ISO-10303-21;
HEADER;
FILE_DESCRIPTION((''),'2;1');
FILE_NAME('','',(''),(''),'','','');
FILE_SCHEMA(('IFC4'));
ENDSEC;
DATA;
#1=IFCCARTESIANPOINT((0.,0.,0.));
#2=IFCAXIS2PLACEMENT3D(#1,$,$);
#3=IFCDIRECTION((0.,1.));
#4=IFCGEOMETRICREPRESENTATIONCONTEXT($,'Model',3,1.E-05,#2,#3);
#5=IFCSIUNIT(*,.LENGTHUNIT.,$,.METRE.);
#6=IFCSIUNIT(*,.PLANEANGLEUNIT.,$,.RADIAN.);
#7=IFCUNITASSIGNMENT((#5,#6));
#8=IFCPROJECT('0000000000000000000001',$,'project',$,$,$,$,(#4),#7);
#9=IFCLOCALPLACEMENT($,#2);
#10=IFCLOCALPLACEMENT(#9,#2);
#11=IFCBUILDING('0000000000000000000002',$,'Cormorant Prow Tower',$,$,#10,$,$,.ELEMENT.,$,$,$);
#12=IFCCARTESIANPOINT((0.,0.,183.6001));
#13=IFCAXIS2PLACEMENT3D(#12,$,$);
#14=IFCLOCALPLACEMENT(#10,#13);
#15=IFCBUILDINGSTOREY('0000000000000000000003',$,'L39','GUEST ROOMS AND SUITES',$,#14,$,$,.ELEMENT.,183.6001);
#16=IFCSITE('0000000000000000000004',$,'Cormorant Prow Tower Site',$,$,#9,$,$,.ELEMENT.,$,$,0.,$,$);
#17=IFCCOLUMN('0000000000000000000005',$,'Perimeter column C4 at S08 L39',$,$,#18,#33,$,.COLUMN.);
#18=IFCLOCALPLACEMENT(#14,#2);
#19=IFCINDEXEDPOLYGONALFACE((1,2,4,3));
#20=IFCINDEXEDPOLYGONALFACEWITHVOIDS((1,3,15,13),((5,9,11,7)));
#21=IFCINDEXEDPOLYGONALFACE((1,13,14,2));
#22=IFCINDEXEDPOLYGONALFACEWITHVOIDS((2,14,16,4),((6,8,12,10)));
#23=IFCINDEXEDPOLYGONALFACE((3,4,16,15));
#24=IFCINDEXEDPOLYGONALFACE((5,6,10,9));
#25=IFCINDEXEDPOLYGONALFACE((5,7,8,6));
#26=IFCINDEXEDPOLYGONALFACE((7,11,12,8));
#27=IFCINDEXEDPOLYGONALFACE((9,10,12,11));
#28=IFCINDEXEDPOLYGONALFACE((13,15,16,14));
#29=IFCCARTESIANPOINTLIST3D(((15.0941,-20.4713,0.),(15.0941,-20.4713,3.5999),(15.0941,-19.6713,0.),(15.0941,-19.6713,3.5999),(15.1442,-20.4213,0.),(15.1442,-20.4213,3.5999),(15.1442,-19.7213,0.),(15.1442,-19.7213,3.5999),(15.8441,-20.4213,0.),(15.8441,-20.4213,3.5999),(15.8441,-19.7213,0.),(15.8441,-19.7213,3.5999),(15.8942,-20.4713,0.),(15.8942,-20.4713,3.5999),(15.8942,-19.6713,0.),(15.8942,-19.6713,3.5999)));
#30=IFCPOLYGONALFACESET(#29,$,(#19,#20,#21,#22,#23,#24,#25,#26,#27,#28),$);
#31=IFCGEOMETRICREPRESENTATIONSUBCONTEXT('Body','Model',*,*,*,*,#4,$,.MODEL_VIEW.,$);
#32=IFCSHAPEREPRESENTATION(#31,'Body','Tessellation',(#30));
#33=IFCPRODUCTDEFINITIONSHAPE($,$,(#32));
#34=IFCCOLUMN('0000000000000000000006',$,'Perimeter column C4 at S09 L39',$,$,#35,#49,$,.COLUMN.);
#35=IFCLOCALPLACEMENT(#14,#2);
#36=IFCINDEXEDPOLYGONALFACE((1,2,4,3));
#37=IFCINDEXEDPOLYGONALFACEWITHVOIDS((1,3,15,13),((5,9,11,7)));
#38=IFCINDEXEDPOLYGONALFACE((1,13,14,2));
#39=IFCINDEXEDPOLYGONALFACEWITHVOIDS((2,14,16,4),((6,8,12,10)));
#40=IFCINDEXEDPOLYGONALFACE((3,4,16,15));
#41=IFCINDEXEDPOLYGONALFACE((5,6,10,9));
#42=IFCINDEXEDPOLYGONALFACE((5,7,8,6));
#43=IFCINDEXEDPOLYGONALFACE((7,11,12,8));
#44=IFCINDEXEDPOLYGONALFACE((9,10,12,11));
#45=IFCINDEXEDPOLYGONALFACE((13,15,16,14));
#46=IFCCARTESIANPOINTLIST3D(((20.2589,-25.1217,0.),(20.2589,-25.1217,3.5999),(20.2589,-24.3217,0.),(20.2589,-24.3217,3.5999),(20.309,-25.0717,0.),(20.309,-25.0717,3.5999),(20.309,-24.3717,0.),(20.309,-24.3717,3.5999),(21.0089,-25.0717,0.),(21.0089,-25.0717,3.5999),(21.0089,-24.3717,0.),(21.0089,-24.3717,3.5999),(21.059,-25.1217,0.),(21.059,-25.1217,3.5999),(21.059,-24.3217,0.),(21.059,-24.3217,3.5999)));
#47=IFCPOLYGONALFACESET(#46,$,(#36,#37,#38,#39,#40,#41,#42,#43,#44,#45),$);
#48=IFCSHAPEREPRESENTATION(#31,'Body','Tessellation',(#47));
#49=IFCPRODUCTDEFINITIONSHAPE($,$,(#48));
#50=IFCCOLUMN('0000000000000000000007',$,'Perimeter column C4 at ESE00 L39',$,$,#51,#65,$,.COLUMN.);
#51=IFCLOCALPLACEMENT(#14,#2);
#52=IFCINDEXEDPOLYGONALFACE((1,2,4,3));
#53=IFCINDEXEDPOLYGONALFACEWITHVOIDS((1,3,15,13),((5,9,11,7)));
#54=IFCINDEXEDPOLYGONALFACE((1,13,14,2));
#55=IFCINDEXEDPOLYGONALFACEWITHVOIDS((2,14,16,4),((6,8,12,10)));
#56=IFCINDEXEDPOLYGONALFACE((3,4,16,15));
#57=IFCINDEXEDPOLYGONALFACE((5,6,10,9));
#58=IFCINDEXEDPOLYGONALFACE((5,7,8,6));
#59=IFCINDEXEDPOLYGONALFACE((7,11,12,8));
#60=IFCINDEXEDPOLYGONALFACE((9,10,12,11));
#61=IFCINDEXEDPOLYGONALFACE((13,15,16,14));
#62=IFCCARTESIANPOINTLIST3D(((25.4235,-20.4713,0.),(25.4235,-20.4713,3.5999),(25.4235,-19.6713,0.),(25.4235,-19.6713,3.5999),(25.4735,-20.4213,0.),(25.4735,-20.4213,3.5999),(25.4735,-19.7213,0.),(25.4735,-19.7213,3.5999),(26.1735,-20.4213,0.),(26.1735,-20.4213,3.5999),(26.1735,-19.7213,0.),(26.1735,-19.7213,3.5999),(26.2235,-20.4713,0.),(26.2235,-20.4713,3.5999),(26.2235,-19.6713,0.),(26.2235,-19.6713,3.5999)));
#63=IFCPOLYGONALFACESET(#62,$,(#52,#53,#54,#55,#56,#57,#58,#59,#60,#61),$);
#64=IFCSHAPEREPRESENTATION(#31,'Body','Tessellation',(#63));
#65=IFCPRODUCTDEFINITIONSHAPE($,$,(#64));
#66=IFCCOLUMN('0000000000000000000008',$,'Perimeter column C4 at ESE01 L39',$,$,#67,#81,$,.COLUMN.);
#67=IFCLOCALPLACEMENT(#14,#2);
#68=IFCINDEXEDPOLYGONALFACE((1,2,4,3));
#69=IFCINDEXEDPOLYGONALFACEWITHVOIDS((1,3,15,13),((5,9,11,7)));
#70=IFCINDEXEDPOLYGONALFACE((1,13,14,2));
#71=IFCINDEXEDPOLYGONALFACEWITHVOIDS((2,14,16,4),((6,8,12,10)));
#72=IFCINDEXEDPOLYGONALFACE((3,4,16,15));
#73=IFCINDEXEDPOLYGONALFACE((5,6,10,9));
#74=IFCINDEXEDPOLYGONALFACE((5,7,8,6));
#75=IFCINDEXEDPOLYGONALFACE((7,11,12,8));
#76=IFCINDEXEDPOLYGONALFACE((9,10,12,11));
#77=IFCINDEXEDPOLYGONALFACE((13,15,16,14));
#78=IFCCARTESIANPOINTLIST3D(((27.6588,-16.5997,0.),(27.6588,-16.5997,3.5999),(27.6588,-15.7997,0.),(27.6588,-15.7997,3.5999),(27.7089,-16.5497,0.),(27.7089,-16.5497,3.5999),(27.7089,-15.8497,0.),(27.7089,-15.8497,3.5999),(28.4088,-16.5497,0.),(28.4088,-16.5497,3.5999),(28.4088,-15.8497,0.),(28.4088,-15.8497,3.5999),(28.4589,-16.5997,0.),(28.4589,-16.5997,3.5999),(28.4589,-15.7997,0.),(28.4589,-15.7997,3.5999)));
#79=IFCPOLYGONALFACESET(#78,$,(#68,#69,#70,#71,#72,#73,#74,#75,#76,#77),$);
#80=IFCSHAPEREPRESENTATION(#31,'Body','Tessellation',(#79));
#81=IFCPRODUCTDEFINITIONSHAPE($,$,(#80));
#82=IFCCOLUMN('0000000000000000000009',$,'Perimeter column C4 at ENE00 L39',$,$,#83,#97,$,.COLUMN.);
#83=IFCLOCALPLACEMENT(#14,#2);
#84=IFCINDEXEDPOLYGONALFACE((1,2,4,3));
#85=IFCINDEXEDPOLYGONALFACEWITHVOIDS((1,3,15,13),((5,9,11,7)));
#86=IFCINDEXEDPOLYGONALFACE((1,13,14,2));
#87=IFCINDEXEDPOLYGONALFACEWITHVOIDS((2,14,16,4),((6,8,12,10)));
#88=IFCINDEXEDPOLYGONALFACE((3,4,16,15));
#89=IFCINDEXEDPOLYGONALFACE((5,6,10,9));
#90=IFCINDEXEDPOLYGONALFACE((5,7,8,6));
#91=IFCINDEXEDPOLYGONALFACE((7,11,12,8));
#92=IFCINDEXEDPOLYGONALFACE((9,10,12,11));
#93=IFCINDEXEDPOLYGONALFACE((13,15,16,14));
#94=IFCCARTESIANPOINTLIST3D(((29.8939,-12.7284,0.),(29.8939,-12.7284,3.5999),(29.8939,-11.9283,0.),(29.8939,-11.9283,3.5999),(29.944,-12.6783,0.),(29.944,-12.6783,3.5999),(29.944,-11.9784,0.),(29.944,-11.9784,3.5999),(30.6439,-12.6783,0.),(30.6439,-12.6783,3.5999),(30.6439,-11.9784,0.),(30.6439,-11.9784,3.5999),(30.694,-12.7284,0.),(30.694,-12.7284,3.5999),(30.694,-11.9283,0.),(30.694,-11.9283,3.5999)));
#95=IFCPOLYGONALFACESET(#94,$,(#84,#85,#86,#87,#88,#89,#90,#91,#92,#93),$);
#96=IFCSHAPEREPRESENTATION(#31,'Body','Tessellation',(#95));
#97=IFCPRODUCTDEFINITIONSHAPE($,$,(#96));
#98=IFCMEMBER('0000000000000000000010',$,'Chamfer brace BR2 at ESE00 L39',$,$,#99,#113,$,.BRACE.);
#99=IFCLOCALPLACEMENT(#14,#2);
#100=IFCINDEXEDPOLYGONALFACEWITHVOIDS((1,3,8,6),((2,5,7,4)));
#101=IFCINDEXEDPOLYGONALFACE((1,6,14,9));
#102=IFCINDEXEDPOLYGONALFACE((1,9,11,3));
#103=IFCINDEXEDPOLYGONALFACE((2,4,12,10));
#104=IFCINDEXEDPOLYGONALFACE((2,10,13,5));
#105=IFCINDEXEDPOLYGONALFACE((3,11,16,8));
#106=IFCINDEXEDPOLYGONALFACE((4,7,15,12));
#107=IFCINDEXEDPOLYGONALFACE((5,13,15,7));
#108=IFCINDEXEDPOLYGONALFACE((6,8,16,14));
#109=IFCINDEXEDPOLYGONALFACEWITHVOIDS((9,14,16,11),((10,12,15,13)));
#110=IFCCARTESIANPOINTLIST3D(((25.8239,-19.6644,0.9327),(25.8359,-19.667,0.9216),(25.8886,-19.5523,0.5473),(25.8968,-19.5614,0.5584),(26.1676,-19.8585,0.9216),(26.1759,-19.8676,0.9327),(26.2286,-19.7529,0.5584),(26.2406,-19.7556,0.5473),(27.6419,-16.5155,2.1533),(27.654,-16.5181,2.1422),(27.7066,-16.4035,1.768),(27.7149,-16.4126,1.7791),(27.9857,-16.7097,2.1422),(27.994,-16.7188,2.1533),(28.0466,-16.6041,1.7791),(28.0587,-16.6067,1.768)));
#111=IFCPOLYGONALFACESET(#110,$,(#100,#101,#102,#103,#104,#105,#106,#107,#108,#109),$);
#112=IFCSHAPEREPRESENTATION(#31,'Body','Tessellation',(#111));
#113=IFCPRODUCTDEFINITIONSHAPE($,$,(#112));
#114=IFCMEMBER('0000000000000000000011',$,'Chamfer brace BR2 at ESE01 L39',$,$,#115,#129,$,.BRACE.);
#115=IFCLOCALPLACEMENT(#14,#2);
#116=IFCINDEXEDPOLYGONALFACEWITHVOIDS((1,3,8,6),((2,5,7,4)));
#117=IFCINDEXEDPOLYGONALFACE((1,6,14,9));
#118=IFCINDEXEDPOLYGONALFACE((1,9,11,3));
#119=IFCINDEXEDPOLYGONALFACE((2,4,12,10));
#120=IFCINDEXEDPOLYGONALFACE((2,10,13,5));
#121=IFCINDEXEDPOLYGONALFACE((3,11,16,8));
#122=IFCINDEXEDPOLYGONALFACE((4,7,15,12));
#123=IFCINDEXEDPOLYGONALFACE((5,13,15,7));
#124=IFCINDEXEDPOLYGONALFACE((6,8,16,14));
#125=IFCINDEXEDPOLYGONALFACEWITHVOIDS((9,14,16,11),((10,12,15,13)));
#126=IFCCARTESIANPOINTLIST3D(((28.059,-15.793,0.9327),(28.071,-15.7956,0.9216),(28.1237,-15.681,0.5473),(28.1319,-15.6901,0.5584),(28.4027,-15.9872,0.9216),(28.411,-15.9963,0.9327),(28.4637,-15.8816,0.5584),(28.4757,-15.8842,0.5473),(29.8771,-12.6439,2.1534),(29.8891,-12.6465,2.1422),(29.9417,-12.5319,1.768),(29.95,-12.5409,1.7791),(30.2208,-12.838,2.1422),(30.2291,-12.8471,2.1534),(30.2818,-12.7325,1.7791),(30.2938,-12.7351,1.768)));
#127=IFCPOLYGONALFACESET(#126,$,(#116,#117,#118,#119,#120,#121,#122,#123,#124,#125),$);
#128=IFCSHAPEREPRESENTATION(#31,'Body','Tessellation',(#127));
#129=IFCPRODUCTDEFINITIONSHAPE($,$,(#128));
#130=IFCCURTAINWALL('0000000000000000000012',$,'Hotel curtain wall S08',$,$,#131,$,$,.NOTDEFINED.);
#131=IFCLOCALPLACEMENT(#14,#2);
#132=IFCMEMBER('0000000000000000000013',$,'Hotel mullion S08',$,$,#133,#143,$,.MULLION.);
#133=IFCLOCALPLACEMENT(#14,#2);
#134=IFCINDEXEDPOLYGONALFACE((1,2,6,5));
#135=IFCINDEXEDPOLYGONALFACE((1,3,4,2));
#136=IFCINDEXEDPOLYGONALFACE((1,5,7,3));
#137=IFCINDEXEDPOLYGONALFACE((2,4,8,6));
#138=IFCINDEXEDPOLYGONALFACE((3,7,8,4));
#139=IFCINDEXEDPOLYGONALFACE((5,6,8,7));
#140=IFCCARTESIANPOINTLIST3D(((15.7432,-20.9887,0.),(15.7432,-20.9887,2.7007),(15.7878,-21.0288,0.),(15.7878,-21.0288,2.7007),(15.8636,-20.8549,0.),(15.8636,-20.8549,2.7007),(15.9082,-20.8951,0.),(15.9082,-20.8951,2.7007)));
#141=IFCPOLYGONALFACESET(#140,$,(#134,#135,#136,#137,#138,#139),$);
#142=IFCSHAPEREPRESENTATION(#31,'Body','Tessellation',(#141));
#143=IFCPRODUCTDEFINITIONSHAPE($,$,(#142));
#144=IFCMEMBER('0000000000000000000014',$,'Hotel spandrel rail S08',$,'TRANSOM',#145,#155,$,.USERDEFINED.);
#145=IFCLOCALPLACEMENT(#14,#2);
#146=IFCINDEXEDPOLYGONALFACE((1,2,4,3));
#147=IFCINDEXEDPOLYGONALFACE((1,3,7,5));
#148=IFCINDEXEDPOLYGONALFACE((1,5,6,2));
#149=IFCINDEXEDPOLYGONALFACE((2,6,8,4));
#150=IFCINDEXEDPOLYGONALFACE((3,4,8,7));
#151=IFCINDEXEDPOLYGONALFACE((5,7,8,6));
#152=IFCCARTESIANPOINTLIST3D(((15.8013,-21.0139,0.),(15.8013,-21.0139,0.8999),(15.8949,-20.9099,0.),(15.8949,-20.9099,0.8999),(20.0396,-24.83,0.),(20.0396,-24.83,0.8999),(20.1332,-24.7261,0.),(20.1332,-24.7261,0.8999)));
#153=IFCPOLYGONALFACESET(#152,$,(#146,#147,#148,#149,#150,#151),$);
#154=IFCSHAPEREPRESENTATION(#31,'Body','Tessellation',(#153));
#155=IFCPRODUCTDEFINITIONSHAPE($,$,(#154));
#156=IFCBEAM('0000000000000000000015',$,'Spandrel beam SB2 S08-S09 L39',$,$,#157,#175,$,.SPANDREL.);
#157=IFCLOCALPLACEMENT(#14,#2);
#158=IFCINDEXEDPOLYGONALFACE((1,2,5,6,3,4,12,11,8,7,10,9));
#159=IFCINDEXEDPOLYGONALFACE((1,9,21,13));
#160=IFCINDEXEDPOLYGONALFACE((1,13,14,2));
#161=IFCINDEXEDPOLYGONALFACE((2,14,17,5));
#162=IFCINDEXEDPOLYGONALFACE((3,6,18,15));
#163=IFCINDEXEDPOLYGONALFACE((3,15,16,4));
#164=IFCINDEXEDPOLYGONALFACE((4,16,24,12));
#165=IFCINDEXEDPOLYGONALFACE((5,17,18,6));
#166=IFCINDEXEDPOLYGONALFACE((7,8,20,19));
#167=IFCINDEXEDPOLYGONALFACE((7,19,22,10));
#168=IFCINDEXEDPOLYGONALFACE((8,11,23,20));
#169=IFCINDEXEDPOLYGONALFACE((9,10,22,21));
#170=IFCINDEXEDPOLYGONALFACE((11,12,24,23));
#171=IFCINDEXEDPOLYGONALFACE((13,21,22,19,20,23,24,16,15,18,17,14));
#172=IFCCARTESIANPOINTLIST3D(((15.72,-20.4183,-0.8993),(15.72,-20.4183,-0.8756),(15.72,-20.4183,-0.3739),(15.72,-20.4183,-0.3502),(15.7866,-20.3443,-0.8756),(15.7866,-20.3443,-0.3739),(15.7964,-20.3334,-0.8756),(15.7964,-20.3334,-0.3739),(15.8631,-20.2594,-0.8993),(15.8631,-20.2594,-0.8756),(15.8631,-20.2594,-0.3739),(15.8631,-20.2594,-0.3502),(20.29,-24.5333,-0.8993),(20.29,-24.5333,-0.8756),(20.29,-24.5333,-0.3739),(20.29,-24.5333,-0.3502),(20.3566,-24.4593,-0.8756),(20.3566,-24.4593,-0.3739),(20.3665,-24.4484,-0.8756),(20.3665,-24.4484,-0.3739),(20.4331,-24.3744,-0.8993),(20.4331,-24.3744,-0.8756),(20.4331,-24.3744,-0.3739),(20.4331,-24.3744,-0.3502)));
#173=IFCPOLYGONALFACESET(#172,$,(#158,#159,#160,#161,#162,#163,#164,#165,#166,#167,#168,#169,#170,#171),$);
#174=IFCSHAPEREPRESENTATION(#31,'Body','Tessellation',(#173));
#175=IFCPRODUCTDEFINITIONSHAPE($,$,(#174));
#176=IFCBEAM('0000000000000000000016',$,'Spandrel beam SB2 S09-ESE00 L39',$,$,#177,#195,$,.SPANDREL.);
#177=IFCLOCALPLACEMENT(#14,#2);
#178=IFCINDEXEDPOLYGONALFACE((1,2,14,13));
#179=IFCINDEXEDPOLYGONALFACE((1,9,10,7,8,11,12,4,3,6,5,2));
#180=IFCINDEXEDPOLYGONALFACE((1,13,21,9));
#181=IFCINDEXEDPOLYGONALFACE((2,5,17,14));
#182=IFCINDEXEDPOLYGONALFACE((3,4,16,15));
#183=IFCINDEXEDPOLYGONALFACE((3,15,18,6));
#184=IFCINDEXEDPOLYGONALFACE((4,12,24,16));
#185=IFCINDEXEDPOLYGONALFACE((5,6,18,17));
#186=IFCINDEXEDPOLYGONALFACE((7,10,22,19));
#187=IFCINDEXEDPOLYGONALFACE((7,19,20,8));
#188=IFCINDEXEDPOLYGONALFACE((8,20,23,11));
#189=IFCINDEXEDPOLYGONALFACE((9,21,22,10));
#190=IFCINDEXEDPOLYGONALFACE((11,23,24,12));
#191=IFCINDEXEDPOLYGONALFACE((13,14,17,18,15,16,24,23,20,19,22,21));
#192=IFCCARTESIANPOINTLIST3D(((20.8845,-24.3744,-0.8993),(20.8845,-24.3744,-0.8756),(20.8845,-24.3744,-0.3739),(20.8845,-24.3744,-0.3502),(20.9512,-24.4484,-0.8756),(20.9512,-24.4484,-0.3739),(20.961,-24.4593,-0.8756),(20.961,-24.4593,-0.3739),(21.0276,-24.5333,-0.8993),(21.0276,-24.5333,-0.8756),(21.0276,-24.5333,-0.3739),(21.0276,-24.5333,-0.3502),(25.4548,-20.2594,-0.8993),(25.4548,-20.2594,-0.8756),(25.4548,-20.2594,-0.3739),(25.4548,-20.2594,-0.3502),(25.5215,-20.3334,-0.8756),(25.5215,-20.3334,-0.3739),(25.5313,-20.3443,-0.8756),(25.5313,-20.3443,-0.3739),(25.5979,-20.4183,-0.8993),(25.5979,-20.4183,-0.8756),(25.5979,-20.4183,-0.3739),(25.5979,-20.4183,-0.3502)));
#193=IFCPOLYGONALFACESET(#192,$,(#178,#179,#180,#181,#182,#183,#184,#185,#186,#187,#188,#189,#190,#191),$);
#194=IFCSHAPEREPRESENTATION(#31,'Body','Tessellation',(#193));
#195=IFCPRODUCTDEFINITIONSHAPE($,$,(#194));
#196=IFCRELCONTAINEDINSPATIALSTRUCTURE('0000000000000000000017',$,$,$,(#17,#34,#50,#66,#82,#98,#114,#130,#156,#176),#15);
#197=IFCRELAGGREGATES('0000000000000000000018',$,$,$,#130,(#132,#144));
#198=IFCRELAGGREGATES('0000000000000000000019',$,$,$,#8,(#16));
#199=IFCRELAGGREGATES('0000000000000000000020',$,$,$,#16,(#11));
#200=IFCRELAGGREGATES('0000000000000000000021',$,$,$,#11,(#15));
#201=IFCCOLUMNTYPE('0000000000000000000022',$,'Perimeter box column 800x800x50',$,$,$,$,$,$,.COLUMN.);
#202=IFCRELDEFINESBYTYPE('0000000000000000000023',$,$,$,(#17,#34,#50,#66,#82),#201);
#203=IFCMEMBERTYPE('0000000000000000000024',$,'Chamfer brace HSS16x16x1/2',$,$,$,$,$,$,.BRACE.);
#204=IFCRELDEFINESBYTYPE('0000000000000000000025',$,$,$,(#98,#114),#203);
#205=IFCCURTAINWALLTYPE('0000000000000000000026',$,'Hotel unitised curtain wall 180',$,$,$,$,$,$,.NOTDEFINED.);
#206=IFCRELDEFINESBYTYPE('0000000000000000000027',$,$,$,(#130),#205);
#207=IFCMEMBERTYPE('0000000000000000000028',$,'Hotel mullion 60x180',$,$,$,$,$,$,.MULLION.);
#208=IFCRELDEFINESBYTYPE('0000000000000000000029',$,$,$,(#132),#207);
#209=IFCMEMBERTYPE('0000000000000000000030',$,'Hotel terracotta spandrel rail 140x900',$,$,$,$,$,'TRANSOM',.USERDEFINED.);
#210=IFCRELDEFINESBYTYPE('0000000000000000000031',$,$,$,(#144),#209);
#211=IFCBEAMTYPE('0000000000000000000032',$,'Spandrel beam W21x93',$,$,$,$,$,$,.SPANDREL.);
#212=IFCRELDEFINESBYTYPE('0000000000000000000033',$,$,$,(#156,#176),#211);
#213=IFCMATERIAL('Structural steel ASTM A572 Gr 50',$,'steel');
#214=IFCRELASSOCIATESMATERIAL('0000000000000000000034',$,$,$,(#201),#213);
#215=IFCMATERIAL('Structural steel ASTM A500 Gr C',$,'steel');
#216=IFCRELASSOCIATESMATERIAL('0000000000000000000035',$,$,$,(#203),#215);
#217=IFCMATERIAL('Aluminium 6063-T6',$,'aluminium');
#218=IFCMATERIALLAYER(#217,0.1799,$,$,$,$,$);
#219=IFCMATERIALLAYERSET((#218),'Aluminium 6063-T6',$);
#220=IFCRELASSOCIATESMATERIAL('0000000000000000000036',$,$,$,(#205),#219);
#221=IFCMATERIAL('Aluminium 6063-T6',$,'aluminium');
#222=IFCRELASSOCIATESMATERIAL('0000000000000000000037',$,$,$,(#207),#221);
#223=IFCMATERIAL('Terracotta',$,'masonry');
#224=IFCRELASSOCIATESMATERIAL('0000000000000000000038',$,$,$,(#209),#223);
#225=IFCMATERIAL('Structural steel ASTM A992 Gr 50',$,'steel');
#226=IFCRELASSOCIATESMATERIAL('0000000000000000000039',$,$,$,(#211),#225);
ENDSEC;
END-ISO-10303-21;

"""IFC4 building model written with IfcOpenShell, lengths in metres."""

from ifc_helpers import new_model, si_unit, direction, frame, origin, origin_2d, place, context, subcontext, project, spatial, rectangle, hollow_rectangle, i_section, extrude, material, layer, layer_set, material_profile, profile_set, type_object, element, aggregate, save


model = new_model("IFC4")

# Units and contexts
model_context = context("Model", 3, precision=1e-05, world=origin(), true_north=direction((0.0, 1.0)))
body_context = subcontext(model_context, "Body", "Model", "MODEL_VIEW")
ifc_project = project(units=[si_unit("LENGTHUNIT", "METRE"), si_unit("PLANEANGLEUNIT", "RADIAN")], contexts=[model_context])

# Site, building, storey
site_placement = place(None, origin())
site = spatial("IfcSite", under=ifc_project, at=site_placement, Name="Cormorant Prow Tower Site", CompositionType="ELEMENT", RefElevation=0.0)
building_placement = place(site_placement, origin())
building = spatial("IfcBuilding", under=site, at=building_placement, Name="Cormorant Prow Tower", CompositionType="ELEMENT")
storey_placement = place(building_placement, frame((0.0, 0.0, 183.6001)))
storey = spatial("IfcBuildingStorey", under=building, at=storey_placement, Name="L39", Description="GUEST ROOMS AND SUITES", CompositionType="ELEMENT", Elevation=183.6001)

# Columns
ifc_material_1 = material(Name="Structural steel ASTM A572 Gr 50", Category="steel")
ifc_material_profile_1 = material_profile(ifc_material_1, hollow_rectangle(XDim=0.8, YDim=0.8, WallThickness=0.05, at=origin_2d()), Name="Box 800x800x50")
ifc_profile_set_1 = profile_set([ifc_material_profile_1], Name="Structural steel ASTM A572 Gr 50")
column_type = type_object("IfcColumnType", Name="Perimeter box column 800x800x50", PredefinedType="COLUMN", material=ifc_profile_set_1)
for number, where, z_axis, x_axis, name in (
    (1, (15.4941, -20.0713, 0.0), (0.0, 0.0, 1.0), (1.0, 0.0, 0.0), "Perimeter column C4 at S08 L39"),
    (2, (20.6589, -24.7217, 0.0), (0.0, 0.0, 1.0), (1.0, 0.0, 0.0), "Perimeter column C4 at S09 L39"),
    (3, (25.8235, -20.0713, 0.0), (0.0, 0.0, 1.0), (1.0, 0.0, 0.0), "Perimeter column C4 at ESE00 L39"),
    (4, (28.0588, -16.1997, 0.0), (0.0, 0.0, 1.0), (1.0, 0.0, 0.0), "Perimeter column C4 at ESE01 L39"),
    (5, (30.2939, -12.3284, 0.0), (0.0, 0.0, 1.0), (1.0, 0.0, 0.0), "Perimeter column C4 at ENE00 L39"),
):
    element("IfcColumn", number, at=place(storey_placement, frame(where, z_axis=z_axis, x_axis=x_axis)), inside=storey, type_object=column_type, Name=name, PredefinedType="COLUMN", context=body_context, shape_type="SweptSolid", body=[
        extrude(hollow_rectangle(XDim=0.8, YDim=0.8, WallThickness=0.05, at=origin_2d()), origin(), (0.0, 0.0, 1.0), 3.5999),
    ])

# Members
ifc_material_2 = material(Name="Structural steel ASTM A500 Gr C", Category="steel")
ifc_material_profile_2 = material_profile(ifc_material_2, hollow_rectangle(XDim=0.4065, YDim=0.4065, WallThickness=0.0117, at=origin_2d()), Name="HSS16x16x1/2")
ifc_profile_set_2 = profile_set([ifc_material_profile_2], Name="Structural steel ASTM A500 Gr C")
member_type_1 = type_object("IfcMemberType", Name="Chamfer brace HSS16x16x1/2", PredefinedType="BRACE", material=ifc_profile_set_2)
member_1_placement = place(storey_placement, frame((26.0322, -19.71, 0.74), z_axis=(0.474018, 0.820986, 0.318261), x_axis=(-0.866016, 0.500017, 0.0)))
element("IfcMember", 6, at=member_1_placement, inside=storey, type_object=member_type_1, Name="Chamfer brace BR2 at ESE00 L39", PredefinedType="BRACE", context=body_context, shape_type="SweptSolid", body=[
    extrude(hollow_rectangle(XDim=0.4065, YDim=0.4065, WallThickness=0.0117, at=origin_2d()), origin(), (0.0, 0.0, 1.0), 3.8354),
])
member_2_placement = place(storey_placement, frame((28.2673, -15.8386, 0.74), z_axis=(0.473993, 0.821006, 0.318244), x_axis=(-0.866032, 0.499988, 0.0)))
element("IfcMember", 7, at=member_2_placement, inside=storey, type_object=member_type_1, Name="Chamfer brace BR2 at ESE01 L39", PredefinedType="BRACE", context=body_context, shape_type="SweptSolid", body=[
    extrude(hollow_rectangle(XDim=0.4065, YDim=0.4065, WallThickness=0.0117, at=origin_2d()), origin(), (0.0, 0.0, 1.0), 3.8357),
])

# Curtain wall, members
ifc_material_3 = material(Name="Aluminium 6063-T6", Category="aluminium")
ifc_layer_1 = layer(ifc_material_3, 0.1799)
ifc_layer_set_1 = layer_set([ifc_layer_1], Name="Aluminium 6063-T6")
curtain_wall_type = type_object("IfcCurtainWallType", Name="Hotel unitised curtain wall 180", PredefinedType="NOTDEFINED", material=ifc_layer_set_1)
curtain_wall_placement = place(storey_placement, origin())
curtain_wall = element("IfcCurtainWall", 8, at=curtain_wall_placement, inside=storey, type_object=curtain_wall_type, Name="Hotel curtain wall S08", PredefinedType="NOTDEFINED")
ifc_material_4 = material(Name="Aluminium 6063-T6", Category="aluminium")
ifc_material_profile_3 = material_profile(ifc_material_4, rectangle(XDim=0.1799, YDim=0.0601, at=origin_2d()), Name="Hotel mullion 60x180")
ifc_profile_set_3 = profile_set([ifc_material_profile_3], Name="Aluminium 6063-T6")
member_type_2 = type_object("IfcMemberType", Name="Hotel mullion 60x180", PredefinedType="MULLION", material=ifc_profile_set_3)
member_3_placement = place(storey_placement, frame((15.8257, -20.9419, 0.0), z_axis=(0.0, 0.0, 1.0), x_axis=(0.669131, 0.743145, 0.0)))
member_3 = element("IfcMember", 9, at=member_3_placement, type_object=member_type_2, Name="Hotel mullion S08", PredefinedType="MULLION", context=body_context, shape_type="SweptSolid", body=[
    extrude(rectangle(XDim=0.1799, YDim=0.0601, at=origin_2d()), origin(), (0.0, 0.0, 1.0), 2.7007),
])
ifc_material_5 = material(Name="Terracotta", Category="masonry")
ifc_material_profile_4 = material_profile(ifc_material_5, rectangle(XDim=0.1399, YDim=0.8999, at=origin_2d()), Name="Hotel terracotta spandrel rail 140x900")
ifc_profile_set_4 = profile_set([ifc_material_profile_4], Name="Terracotta")
member_type_3 = type_object("IfcMemberType", Name="Hotel terracotta spandrel rail 140x900", ElementType="TRANSOM", PredefinedType="USERDEFINED", material=ifc_profile_set_4)
member_4_placement = place(storey_placement, frame((15.8481, -20.9619, 0.45), z_axis=(0.743145, -0.66913, 0.0), x_axis=(0.66913, 0.743145, 0.0)))
member_4 = element("IfcMember", 10, at=member_4_placement, type_object=member_type_3, Name="Hotel spandrel rail S08", ObjectType="TRANSOM", PredefinedType="USERDEFINED", context=body_context, shape_type="SweptSolid", body=[
    extrude(rectangle(XDim=0.1399, YDim=0.8999, at=origin_2d()), origin(), (0.0, 0.0, 1.0), 5.7031),
])

# Beams
ifc_material_6 = material(Name="Structural steel ASTM A992 Gr 50", Category="steel")
ifc_material_profile_5 = material_profile(ifc_material_6, i_section(OverallWidth=0.2139, OverallDepth=0.5491, WebThickness=0.0146, FlangeThickness=0.0237, at=origin_2d()), Name="W21x93")
ifc_profile_set_5 = profile_set([ifc_material_profile_5], Name="Structural steel ASTM A992 Gr 50")
beam_type = type_object("IfcBeamType", Name="Spandrel beam W21x93", PredefinedType="SPANDREL", material=ifc_profile_set_5)
beam_1_placement = place(storey_placement, frame((15.7915, -20.3389, -0.6248), z_axis=(0.743138, -0.669138, 0.0), x_axis=(0.669138, 0.743138, 0.0)))
element("IfcBeam", 11, at=beam_1_placement, inside=storey, type_object=beam_type, Name="Spandrel beam SB2 S08-S09 L39", PredefinedType="SPANDREL", context=body_context, shape_type="SweptSolid", body=[
    extrude(i_section(OverallWidth=0.2139, OverallDepth=0.5491, WebThickness=0.0146, FlangeThickness=0.0237, at=origin_2d()), origin(), (0.0, 0.0, 1.0), 6.1497),
])
beam_2_placement = place(storey_placement, frame((20.9561, -24.4539, -0.6248), z_axis=(0.743156, 0.669118, 0.0), x_axis=(-0.669118, 0.743156, 0.0)))
element("IfcBeam", 12, at=beam_2_placement, inside=storey, type_object=beam_type, Name="Spandrel beam SB2 S09-ESE00 L39", PredefinedType="SPANDREL", context=body_context, shape_type="SweptSolid", body=[
    extrude(i_section(OverallWidth=0.2139, OverallDepth=0.5491, WebThickness=0.0146, FlangeThickness=0.0237, at=origin_2d()), origin(), (0.0, 0.0, 1.0), 6.1499),
])

aggregate(curtain_wall, [member_3, member_4])

save(model, "model.ifc")
